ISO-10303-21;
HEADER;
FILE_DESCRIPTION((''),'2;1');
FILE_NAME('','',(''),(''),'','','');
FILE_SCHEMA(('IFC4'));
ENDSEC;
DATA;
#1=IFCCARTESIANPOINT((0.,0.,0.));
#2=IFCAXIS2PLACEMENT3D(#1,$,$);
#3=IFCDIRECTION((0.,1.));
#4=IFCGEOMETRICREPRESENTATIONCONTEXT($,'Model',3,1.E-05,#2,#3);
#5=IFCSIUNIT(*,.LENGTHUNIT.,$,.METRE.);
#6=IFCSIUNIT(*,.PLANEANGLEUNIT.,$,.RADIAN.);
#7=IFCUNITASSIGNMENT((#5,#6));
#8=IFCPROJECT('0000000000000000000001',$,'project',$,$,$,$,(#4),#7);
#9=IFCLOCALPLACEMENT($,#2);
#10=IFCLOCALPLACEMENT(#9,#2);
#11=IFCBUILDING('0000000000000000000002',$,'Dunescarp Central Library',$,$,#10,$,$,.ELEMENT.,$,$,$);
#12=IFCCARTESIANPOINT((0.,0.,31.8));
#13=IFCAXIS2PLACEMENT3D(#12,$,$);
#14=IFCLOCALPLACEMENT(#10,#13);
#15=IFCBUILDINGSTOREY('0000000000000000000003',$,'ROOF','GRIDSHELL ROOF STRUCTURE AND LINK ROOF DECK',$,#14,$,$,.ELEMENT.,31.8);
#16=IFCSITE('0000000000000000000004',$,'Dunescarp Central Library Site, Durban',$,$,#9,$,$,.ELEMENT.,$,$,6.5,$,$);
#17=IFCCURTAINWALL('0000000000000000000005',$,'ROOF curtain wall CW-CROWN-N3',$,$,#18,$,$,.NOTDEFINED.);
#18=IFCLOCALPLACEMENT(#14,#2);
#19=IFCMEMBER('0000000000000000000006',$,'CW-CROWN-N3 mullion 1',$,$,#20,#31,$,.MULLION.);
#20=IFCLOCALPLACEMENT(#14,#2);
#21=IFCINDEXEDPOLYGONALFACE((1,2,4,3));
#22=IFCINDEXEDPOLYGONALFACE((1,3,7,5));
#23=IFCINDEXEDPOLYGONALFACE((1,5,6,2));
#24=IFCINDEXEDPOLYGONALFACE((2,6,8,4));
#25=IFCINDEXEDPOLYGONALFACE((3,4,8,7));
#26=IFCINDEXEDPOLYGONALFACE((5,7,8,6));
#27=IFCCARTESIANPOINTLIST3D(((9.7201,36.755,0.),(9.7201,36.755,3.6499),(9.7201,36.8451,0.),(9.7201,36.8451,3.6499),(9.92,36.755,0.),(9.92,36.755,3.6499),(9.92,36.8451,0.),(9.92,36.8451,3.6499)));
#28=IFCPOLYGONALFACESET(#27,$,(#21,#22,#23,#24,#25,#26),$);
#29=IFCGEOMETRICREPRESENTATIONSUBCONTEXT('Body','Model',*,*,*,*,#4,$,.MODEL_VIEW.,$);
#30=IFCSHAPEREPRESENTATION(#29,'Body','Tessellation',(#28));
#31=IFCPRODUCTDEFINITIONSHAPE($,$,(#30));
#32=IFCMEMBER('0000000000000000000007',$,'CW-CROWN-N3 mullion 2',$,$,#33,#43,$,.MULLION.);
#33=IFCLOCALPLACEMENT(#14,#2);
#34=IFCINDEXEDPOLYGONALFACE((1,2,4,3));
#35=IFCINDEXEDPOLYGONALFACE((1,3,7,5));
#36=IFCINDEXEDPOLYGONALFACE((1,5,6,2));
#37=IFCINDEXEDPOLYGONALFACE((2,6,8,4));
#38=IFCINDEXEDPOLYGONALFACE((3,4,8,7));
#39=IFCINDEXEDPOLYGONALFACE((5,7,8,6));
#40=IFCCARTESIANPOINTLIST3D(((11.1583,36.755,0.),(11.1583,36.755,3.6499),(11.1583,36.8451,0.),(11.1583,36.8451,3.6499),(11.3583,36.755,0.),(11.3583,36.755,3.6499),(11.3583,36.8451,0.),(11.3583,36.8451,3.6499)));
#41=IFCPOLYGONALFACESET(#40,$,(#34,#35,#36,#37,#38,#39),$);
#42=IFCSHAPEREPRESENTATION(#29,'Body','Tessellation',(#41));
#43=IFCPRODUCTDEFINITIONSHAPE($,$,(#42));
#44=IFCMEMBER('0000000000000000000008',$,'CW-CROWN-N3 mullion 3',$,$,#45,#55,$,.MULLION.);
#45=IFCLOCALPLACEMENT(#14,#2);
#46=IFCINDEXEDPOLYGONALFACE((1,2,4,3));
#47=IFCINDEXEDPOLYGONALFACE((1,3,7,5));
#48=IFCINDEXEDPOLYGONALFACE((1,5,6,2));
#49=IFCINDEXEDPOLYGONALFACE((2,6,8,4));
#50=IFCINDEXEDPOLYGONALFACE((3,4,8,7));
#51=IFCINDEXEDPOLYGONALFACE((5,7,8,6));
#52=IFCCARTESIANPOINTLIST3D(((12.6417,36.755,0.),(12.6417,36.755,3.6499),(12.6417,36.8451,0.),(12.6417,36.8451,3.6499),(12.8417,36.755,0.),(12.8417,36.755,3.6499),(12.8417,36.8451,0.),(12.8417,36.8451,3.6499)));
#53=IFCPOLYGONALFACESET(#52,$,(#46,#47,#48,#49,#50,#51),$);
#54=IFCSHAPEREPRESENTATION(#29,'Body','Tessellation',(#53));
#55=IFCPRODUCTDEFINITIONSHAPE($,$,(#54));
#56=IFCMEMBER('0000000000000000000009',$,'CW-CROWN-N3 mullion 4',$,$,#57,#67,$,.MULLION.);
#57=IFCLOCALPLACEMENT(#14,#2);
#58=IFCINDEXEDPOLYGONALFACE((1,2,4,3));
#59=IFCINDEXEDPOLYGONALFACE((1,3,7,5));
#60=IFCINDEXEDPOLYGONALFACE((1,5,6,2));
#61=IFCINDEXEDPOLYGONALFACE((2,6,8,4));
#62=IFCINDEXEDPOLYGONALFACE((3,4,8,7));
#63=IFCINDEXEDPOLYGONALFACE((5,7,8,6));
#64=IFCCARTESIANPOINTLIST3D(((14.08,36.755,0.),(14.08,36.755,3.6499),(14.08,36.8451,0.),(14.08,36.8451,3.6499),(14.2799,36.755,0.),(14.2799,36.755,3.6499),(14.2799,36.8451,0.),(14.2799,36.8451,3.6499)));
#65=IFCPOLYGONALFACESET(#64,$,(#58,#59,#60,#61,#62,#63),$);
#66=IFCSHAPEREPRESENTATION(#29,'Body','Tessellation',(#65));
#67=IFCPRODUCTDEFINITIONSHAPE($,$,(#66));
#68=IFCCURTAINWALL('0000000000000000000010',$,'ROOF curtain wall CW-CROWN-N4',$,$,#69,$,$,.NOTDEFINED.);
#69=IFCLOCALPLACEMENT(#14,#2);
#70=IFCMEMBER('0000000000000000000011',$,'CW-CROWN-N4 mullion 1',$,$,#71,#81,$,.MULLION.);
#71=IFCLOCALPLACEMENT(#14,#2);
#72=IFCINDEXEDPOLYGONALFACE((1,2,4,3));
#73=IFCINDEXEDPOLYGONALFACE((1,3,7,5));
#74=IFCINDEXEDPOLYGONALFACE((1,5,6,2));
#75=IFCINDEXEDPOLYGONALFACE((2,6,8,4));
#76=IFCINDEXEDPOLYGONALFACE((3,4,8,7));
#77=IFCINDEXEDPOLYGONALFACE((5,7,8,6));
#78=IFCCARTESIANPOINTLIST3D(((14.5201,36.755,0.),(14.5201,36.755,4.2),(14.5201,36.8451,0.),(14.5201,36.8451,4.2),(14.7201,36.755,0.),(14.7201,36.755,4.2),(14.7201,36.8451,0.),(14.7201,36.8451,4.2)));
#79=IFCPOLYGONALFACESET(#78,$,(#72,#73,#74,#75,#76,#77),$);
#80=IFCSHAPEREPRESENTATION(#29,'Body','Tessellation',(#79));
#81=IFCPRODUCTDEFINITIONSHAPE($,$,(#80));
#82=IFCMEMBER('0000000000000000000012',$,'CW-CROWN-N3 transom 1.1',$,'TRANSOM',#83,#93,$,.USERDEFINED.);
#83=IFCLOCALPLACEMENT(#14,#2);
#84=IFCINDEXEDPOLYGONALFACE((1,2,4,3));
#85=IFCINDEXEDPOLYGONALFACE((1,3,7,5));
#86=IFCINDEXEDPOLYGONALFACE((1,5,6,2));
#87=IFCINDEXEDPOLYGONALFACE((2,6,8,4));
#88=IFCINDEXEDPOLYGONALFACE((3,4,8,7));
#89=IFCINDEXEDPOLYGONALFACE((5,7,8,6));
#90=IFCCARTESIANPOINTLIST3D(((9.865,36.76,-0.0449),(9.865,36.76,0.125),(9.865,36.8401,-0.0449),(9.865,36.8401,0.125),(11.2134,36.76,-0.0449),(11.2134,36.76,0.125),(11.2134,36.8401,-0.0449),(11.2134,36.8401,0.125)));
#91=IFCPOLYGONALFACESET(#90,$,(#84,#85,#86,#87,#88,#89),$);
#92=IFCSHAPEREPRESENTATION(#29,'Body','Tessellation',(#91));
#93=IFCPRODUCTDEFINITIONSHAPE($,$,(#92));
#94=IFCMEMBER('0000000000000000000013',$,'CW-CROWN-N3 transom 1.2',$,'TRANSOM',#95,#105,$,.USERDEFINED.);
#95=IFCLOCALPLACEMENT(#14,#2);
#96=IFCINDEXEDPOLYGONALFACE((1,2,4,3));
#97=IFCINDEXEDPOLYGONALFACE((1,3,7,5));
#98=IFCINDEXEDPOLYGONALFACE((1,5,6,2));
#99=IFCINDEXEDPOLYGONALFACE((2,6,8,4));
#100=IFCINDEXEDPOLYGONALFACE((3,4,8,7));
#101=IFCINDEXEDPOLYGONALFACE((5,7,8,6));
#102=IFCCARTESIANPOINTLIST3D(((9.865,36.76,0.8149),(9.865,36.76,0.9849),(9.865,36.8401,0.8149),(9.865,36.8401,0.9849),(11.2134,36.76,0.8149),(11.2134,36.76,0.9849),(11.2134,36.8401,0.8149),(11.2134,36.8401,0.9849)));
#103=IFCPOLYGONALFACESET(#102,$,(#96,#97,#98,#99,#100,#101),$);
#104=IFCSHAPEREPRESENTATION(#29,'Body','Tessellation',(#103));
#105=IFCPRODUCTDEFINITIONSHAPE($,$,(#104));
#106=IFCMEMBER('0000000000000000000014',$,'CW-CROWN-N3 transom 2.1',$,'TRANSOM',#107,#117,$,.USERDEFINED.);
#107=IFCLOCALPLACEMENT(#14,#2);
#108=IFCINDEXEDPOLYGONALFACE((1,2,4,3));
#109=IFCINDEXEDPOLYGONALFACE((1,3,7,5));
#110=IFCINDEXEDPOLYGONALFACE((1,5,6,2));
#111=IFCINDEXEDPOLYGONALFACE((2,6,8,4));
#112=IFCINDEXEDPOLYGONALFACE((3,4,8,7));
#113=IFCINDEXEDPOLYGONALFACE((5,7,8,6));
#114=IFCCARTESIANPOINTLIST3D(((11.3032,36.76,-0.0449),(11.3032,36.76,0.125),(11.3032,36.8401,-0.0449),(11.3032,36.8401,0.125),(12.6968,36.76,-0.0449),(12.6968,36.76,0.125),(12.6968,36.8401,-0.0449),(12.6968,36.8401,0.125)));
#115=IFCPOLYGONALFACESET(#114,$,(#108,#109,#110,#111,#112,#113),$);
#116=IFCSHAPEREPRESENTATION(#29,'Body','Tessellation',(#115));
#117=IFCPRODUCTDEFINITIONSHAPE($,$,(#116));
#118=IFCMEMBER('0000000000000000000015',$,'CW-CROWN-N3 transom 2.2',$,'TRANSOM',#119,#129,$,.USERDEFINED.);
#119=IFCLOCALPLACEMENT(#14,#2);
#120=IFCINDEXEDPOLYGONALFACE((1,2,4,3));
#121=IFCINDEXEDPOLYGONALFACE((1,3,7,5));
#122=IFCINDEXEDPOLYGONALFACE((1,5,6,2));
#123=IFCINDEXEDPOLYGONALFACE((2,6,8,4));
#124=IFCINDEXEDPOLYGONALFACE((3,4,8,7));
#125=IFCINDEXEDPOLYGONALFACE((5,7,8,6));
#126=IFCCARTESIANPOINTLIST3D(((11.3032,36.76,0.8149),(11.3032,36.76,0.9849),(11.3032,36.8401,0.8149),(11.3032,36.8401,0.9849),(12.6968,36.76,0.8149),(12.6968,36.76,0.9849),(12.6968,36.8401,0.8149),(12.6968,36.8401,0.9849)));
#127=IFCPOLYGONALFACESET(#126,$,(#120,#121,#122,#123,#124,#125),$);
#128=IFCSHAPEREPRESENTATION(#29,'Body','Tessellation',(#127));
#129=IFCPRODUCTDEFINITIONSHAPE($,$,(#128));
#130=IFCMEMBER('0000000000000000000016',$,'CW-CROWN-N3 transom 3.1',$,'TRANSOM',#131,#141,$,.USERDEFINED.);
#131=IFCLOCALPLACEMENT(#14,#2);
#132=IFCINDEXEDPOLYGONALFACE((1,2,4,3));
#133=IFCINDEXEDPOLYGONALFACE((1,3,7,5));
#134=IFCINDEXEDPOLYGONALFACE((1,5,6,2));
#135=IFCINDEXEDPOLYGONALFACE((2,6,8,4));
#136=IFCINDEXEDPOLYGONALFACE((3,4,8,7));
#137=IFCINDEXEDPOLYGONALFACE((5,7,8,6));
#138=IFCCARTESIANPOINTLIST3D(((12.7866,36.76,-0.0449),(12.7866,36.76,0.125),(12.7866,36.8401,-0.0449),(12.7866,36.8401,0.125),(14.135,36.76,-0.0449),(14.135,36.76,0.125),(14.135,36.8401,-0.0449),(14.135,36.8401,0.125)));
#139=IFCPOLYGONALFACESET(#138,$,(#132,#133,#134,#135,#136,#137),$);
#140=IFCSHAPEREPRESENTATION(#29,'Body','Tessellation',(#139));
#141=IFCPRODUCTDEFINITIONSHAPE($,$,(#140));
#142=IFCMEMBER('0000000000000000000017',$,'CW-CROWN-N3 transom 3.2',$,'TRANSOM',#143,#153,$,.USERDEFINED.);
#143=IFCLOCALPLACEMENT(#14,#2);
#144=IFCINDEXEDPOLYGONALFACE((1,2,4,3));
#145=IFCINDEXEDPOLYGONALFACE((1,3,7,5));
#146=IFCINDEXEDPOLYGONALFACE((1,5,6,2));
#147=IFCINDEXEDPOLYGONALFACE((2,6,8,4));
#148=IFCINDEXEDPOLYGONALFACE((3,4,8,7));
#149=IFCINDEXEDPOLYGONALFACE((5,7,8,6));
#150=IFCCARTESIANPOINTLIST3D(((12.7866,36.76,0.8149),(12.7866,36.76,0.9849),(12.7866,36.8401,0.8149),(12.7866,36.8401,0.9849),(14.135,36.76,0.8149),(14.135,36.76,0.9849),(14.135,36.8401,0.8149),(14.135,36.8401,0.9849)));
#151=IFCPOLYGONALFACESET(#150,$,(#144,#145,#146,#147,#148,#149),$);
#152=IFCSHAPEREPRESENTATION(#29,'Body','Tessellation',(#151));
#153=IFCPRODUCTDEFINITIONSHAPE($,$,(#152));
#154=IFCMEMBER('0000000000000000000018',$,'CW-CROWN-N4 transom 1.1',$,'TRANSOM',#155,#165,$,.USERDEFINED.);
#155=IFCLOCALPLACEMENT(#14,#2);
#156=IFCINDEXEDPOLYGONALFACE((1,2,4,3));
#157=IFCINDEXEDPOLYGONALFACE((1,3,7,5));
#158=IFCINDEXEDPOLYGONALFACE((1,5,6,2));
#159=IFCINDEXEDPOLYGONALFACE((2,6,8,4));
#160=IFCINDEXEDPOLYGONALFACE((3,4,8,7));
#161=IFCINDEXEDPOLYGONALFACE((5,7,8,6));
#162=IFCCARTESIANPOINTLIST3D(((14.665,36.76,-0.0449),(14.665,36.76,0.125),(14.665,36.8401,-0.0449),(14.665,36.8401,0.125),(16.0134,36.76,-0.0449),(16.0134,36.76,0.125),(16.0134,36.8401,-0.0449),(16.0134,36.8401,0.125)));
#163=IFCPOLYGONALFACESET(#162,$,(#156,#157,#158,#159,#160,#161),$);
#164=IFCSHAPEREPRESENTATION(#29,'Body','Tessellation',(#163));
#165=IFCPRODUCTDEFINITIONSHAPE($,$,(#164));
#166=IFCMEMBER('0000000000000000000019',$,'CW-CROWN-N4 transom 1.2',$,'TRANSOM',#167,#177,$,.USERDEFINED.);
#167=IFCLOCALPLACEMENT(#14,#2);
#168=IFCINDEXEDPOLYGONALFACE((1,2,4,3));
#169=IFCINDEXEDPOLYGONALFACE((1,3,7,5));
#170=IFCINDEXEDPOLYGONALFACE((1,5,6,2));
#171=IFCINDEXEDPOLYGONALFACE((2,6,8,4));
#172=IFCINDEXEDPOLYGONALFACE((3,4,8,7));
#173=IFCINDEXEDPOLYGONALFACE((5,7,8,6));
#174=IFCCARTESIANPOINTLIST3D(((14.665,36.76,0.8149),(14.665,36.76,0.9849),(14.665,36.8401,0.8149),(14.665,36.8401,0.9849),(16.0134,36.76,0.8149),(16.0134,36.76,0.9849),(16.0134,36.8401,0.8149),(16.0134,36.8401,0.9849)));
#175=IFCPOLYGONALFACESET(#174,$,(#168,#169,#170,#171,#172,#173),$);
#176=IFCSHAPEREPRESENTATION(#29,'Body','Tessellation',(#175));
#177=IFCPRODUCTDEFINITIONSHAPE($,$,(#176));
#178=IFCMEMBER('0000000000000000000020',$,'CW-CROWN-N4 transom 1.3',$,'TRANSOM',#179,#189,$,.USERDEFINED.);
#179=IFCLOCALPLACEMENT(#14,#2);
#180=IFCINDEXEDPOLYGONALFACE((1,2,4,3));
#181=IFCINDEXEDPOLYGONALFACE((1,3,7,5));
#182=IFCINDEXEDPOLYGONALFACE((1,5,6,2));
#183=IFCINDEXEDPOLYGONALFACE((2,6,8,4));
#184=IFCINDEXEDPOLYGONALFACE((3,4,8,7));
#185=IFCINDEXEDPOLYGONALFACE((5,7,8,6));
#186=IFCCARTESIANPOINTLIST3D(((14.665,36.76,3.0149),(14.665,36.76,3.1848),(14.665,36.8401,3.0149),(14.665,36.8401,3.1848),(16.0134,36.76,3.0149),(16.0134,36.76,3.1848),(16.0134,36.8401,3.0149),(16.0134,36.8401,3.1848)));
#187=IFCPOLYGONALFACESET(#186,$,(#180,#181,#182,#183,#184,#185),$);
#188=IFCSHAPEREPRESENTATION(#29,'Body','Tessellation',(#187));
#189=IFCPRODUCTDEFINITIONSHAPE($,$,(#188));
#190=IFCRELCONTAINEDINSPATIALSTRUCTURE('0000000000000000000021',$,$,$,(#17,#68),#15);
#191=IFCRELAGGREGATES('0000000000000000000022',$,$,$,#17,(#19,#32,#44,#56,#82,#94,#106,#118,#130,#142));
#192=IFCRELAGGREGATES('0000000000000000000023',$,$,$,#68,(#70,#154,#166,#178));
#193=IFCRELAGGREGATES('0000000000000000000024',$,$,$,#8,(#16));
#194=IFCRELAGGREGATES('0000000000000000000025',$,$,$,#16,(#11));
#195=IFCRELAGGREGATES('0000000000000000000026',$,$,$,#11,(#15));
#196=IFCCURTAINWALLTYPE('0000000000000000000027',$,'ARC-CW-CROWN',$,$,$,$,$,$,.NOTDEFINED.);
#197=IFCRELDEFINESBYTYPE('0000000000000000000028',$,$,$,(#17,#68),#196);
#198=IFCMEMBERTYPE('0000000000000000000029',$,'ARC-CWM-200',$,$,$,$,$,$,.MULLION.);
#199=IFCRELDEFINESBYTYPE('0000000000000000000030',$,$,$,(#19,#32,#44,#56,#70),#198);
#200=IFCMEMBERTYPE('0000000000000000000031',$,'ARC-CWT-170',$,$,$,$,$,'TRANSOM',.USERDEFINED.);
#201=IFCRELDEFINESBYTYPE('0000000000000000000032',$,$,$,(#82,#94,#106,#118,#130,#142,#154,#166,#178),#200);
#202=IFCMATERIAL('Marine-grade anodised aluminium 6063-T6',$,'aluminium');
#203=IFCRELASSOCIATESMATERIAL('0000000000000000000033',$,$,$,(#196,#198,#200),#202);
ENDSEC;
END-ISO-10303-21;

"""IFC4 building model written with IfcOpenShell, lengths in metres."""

from ifc_helpers import new_model, si_unit, direction, frame, origin, origin_2d, place, context, subcontext, project, spatial, rectangle, extrude, material, material_profile, profile_set, type_object, element, aggregate, save


model = new_model("IFC4")

# Units and contexts
model_context = context("Model", 3, precision=1e-05, world=origin(), true_north=direction((0.0, 1.0)))
body_context = subcontext(model_context, "Body", "Model", "MODEL_VIEW")
ifc_project = project(units=[si_unit("LENGTHUNIT", "METRE"), si_unit("PLANEANGLEUNIT", "RADIAN")], contexts=[model_context])

# Site, building, storey
site_placement = place(None, origin())
site = spatial("IfcSite", under=ifc_project, at=site_placement, Name="Dunescarp Central Library Site, Durban", CompositionType="ELEMENT", RefElevation=6.5)
building_placement = place(site_placement, origin())
building = spatial("IfcBuilding", under=site, at=building_placement, Name="Dunescarp Central Library", CompositionType="ELEMENT")
storey_placement = place(building_placement, frame((0.0, 0.0, 31.8)))
storey = spatial("IfcBuildingStorey", under=building, at=storey_placement, Name="ROOF", Description="GRIDSHELL ROOF STRUCTURE AND LINK ROOF DECK", CompositionType="ELEMENT", Elevation=31.8)

# Curtain wall, members
ifc_material_1 = material(Name="Marine-grade anodised aluminium 6063-T6", Category="aluminium")
curtain_wall_type = type_object("IfcCurtainWallType", Name="ARC-CW-CROWN", PredefinedType="NOTDEFINED", material=ifc_material_1)
curtain_wall_1_placement = place(storey_placement, origin())
curtain_wall_1 = element("IfcCurtainWall", 1, at=curtain_wall_1_placement, inside=storey, type_object=curtain_wall_type, Name="ROOF curtain wall CW-CROWN-N3", PredefinedType="NOTDEFINED")
ifc_material_profile_1 = material_profile(ifc_material_1, rectangle(XDim=0.0901, YDim=0.2, at=origin_2d()), Name="AL 90x200")
ifc_profile_set_1 = profile_set([ifc_material_profile_1], Name="Marine-grade anodised aluminium 6063-T6")
member_type_1 = type_object("IfcMemberType", Name="ARC-CWM-200", PredefinedType="MULLION", material=ifc_profile_set_1)
member_1_placement = place(storey_placement, frame((9.8201, 36.8, 0.0), z_axis=(0.0, 0.0, 1.0), x_axis=(0.0, 1.0, 0.0)))
member_1 = element("IfcMember", 2, at=member_1_placement, type_object=member_type_1, Name="CW-CROWN-N3 mullion 1", PredefinedType="MULLION", context=body_context, shape_type="SweptSolid", body=[
    extrude(rectangle(XDim=0.0901, YDim=0.2, at=origin_2d()), origin(), (0.0, 0.0, 1.0), 3.6499),
])
member_2_placement = place(storey_placement, frame((11.2583, 36.8, 0.0), z_axis=(0.0, 0.0, 1.0), x_axis=(0.0, 1.0, 0.0)))
member_2 = element("IfcMember", 3, at=member_2_placement, type_object=member_type_1, Name="CW-CROWN-N3 mullion 2", PredefinedType="MULLION", context=body_context, shape_type="SweptSolid", body=[
    extrude(rectangle(XDim=0.0901, YDim=0.2, at=origin_2d()), origin(), (0.0, 0.0, 1.0), 3.6499),
])
member_3_placement = place(storey_placement, frame((12.7417, 36.8, 0.0), z_axis=(0.0, 0.0, 1.0), x_axis=(0.0, 1.0, 0.0)))
member_3 = element("IfcMember", 4, at=member_3_placement, type_object=member_type_1, Name="CW-CROWN-N3 mullion 3", PredefinedType="MULLION", context=body_context, shape_type="SweptSolid", body=[
    extrude(rectangle(XDim=0.0901, YDim=0.2, at=origin_2d()), origin(), (0.0, 0.0, 1.0), 3.6499),
])
member_4_placement = place(storey_placement, frame((14.1799, 36.8, 0.0), z_axis=(0.0, 0.0, 1.0), x_axis=(0.0, 1.0, 0.0)))
member_4 = element("IfcMember", 5, at=member_4_placement, type_object=member_type_1, Name="CW-CROWN-N3 mullion 4", PredefinedType="MULLION", context=body_context, shape_type="SweptSolid", body=[
    extrude(rectangle(XDim=0.0901, YDim=0.2, at=origin_2d()), origin(), (0.0, 0.0, 1.0), 3.6499),
])

# Curtain wall, member
curtain_wall_2_placement = place(storey_placement, origin())
curtain_wall_2 = element("IfcCurtainWall", 6, at=curtain_wall_2_placement, inside=storey, type_object=curtain_wall_type, Name="ROOF curtain wall CW-CROWN-N4", PredefinedType="NOTDEFINED")
member_5_placement = place(storey_placement, frame((14.6201, 36.8, 0.0), z_axis=(0.0, 0.0, 1.0), x_axis=(0.0, 1.0, 0.0)))
member_5 = element("IfcMember", 7, at=member_5_placement, type_object=member_type_1, Name="CW-CROWN-N4 mullion 1", PredefinedType="MULLION", context=body_context, shape_type="SweptSolid", body=[
    extrude(rectangle(XDim=0.0901, YDim=0.2, at=origin_2d()), origin(), (0.0, 0.0, 1.0), 4.2),
])

# Members
ifc_material_profile_2 = material_profile(ifc_material_1, rectangle(XDim=0.0801, YDim=0.1699, at=origin_2d()), Name="AL 80x170")
ifc_profile_set_2 = profile_set([ifc_material_profile_2], Name="Marine-grade anodised aluminium 6063-T6")
member_type_2 = type_object("IfcMemberType", Name="ARC-CWT-170", ElementType="TRANSOM", PredefinedType="USERDEFINED", material=ifc_profile_set_2)
member_6_placement = place(storey_placement, frame((9.865, 36.8, 0.04), z_axis=(1.0, 0.0, 0.0), x_axis=(0.0, 1.0, 0.0)))
member_6 = element("IfcMember", 8, at=member_6_placement, type_object=member_type_2, Name="CW-CROWN-N3 transom 1.1", ObjectType="TRANSOM", PredefinedType="USERDEFINED", context=body_context, shape_type="SweptSolid", body=[
    extrude(rectangle(XDim=0.0801, YDim=0.1699, at=origin_2d()), origin(), (0.0, 0.0, 1.0), 1.3484),
])
member_7_placement = place(storey_placement, frame((9.865, 36.8, 0.8999), z_axis=(1.0, 0.0, 0.0), x_axis=(0.0, 1.0, 0.0)))
member_7 = element("IfcMember", 9, at=member_7_placement, type_object=member_type_2, Name="CW-CROWN-N3 transom 1.2", ObjectType="TRANSOM", PredefinedType="USERDEFINED", context=body_context, shape_type="SweptSolid", body=[
    extrude(rectangle(XDim=0.0801, YDim=0.1699, at=origin_2d()), origin(), (0.0, 0.0, 1.0), 1.3484),
])
member_8_placement = place(storey_placement, frame((11.3032, 36.8, 0.04), z_axis=(1.0, 0.0, 0.0), x_axis=(0.0, 1.0, 0.0)))
member_8 = element("IfcMember", 10, at=member_8_placement, type_object=member_type_2, Name="CW-CROWN-N3 transom 2.1", ObjectType="TRANSOM", PredefinedType="USERDEFINED", context=body_context, shape_type="SweptSolid", body=[
    extrude(rectangle(XDim=0.0801, YDim=0.1699, at=origin_2d()), origin(), (0.0, 0.0, 1.0), 1.3936),
])
member_9_placement = place(storey_placement, frame((11.3032, 36.8, 0.8999), z_axis=(1.0, 0.0, 0.0), x_axis=(0.0, 1.0, 0.0)))
member_9 = element("IfcMember", 11, at=member_9_placement, type_object=member_type_2, Name="CW-CROWN-N3 transom 2.2", ObjectType="TRANSOM", PredefinedType="USERDEFINED", context=body_context, shape_type="SweptSolid", body=[
    extrude(rectangle(XDim=0.0801, YDim=0.1699, at=origin_2d()), origin(), (0.0, 0.0, 1.0), 1.3936),
])
member_10_placement = place(storey_placement, frame((12.7866, 36.8, 0.04), z_axis=(1.0, 0.0, 0.0), x_axis=(0.0, 1.0, 0.0)))
member_10 = element("IfcMember", 12, at=member_10_placement, type_object=member_type_2, Name="CW-CROWN-N3 transom 3.1", ObjectType="TRANSOM", PredefinedType="USERDEFINED", context=body_context, shape_type="SweptSolid", body=[
    extrude(rectangle(XDim=0.0801, YDim=0.1699, at=origin_2d()), origin(), (0.0, 0.0, 1.0), 1.3484),
])
member_11_placement = place(storey_placement, frame((12.7866, 36.8, 0.8999), z_axis=(1.0, 0.0, 0.0), x_axis=(0.0, 1.0, 0.0)))
member_11 = element("IfcMember", 13, at=member_11_placement, type_object=member_type_2, Name="CW-CROWN-N3 transom 3.2", ObjectType="TRANSOM", PredefinedType="USERDEFINED", context=body_context, shape_type="SweptSolid", body=[
    extrude(rectangle(XDim=0.0801, YDim=0.1699, at=origin_2d()), origin(), (0.0, 0.0, 1.0), 1.3484),
])
member_12_placement = place(storey_placement, frame((14.665, 36.8, 0.04), z_axis=(1.0, 0.0, 0.0), x_axis=(0.0, 1.0, 0.0)))
member_12 = element("IfcMember", 14, at=member_12_placement, type_object=member_type_2, Name="CW-CROWN-N4 transom 1.1", ObjectType="TRANSOM", PredefinedType="USERDEFINED", context=body_context, shape_type="SweptSolid", body=[
    extrude(rectangle(XDim=0.0801, YDim=0.1699, at=origin_2d()), origin(), (0.0, 0.0, 1.0), 1.3484),
])
member_13_placement = place(storey_placement, frame((14.665, 36.8, 0.8999), z_axis=(1.0, 0.0, 0.0), x_axis=(0.0, 1.0, 0.0)))
member_13 = element("IfcMember", 15, at=member_13_placement, type_object=member_type_2, Name="CW-CROWN-N4 transom 1.2", ObjectType="TRANSOM", PredefinedType="USERDEFINED", context=body_context, shape_type="SweptSolid", body=[
    extrude(rectangle(XDim=0.0801, YDim=0.1699, at=origin_2d()), origin(), (0.0, 0.0, 1.0), 1.3484),
])
member_14_placement = place(storey_placement, frame((14.665, 36.8, 3.0999), z_axis=(1.0, 0.0, 0.0), x_axis=(0.0, 1.0, 0.0)))
member_14 = element("IfcMember", 16, at=member_14_placement, type_object=member_type_2, Name="CW-CROWN-N4 transom 1.3", ObjectType="TRANSOM", PredefinedType="USERDEFINED", context=body_context, shape_type="SweptSolid", body=[
    extrude(rectangle(XDim=0.0801, YDim=0.1699, at=origin_2d()), origin(), (0.0, 0.0, 1.0), 1.3484),
])

aggregate(curtain_wall_1, [member_1, member_2, member_3, member_4, member_6, member_7, member_8, member_9, member_10, member_11])
aggregate(curtain_wall_2, [member_5, member_12, member_13, member_14])

save(model, "model.ifc")
